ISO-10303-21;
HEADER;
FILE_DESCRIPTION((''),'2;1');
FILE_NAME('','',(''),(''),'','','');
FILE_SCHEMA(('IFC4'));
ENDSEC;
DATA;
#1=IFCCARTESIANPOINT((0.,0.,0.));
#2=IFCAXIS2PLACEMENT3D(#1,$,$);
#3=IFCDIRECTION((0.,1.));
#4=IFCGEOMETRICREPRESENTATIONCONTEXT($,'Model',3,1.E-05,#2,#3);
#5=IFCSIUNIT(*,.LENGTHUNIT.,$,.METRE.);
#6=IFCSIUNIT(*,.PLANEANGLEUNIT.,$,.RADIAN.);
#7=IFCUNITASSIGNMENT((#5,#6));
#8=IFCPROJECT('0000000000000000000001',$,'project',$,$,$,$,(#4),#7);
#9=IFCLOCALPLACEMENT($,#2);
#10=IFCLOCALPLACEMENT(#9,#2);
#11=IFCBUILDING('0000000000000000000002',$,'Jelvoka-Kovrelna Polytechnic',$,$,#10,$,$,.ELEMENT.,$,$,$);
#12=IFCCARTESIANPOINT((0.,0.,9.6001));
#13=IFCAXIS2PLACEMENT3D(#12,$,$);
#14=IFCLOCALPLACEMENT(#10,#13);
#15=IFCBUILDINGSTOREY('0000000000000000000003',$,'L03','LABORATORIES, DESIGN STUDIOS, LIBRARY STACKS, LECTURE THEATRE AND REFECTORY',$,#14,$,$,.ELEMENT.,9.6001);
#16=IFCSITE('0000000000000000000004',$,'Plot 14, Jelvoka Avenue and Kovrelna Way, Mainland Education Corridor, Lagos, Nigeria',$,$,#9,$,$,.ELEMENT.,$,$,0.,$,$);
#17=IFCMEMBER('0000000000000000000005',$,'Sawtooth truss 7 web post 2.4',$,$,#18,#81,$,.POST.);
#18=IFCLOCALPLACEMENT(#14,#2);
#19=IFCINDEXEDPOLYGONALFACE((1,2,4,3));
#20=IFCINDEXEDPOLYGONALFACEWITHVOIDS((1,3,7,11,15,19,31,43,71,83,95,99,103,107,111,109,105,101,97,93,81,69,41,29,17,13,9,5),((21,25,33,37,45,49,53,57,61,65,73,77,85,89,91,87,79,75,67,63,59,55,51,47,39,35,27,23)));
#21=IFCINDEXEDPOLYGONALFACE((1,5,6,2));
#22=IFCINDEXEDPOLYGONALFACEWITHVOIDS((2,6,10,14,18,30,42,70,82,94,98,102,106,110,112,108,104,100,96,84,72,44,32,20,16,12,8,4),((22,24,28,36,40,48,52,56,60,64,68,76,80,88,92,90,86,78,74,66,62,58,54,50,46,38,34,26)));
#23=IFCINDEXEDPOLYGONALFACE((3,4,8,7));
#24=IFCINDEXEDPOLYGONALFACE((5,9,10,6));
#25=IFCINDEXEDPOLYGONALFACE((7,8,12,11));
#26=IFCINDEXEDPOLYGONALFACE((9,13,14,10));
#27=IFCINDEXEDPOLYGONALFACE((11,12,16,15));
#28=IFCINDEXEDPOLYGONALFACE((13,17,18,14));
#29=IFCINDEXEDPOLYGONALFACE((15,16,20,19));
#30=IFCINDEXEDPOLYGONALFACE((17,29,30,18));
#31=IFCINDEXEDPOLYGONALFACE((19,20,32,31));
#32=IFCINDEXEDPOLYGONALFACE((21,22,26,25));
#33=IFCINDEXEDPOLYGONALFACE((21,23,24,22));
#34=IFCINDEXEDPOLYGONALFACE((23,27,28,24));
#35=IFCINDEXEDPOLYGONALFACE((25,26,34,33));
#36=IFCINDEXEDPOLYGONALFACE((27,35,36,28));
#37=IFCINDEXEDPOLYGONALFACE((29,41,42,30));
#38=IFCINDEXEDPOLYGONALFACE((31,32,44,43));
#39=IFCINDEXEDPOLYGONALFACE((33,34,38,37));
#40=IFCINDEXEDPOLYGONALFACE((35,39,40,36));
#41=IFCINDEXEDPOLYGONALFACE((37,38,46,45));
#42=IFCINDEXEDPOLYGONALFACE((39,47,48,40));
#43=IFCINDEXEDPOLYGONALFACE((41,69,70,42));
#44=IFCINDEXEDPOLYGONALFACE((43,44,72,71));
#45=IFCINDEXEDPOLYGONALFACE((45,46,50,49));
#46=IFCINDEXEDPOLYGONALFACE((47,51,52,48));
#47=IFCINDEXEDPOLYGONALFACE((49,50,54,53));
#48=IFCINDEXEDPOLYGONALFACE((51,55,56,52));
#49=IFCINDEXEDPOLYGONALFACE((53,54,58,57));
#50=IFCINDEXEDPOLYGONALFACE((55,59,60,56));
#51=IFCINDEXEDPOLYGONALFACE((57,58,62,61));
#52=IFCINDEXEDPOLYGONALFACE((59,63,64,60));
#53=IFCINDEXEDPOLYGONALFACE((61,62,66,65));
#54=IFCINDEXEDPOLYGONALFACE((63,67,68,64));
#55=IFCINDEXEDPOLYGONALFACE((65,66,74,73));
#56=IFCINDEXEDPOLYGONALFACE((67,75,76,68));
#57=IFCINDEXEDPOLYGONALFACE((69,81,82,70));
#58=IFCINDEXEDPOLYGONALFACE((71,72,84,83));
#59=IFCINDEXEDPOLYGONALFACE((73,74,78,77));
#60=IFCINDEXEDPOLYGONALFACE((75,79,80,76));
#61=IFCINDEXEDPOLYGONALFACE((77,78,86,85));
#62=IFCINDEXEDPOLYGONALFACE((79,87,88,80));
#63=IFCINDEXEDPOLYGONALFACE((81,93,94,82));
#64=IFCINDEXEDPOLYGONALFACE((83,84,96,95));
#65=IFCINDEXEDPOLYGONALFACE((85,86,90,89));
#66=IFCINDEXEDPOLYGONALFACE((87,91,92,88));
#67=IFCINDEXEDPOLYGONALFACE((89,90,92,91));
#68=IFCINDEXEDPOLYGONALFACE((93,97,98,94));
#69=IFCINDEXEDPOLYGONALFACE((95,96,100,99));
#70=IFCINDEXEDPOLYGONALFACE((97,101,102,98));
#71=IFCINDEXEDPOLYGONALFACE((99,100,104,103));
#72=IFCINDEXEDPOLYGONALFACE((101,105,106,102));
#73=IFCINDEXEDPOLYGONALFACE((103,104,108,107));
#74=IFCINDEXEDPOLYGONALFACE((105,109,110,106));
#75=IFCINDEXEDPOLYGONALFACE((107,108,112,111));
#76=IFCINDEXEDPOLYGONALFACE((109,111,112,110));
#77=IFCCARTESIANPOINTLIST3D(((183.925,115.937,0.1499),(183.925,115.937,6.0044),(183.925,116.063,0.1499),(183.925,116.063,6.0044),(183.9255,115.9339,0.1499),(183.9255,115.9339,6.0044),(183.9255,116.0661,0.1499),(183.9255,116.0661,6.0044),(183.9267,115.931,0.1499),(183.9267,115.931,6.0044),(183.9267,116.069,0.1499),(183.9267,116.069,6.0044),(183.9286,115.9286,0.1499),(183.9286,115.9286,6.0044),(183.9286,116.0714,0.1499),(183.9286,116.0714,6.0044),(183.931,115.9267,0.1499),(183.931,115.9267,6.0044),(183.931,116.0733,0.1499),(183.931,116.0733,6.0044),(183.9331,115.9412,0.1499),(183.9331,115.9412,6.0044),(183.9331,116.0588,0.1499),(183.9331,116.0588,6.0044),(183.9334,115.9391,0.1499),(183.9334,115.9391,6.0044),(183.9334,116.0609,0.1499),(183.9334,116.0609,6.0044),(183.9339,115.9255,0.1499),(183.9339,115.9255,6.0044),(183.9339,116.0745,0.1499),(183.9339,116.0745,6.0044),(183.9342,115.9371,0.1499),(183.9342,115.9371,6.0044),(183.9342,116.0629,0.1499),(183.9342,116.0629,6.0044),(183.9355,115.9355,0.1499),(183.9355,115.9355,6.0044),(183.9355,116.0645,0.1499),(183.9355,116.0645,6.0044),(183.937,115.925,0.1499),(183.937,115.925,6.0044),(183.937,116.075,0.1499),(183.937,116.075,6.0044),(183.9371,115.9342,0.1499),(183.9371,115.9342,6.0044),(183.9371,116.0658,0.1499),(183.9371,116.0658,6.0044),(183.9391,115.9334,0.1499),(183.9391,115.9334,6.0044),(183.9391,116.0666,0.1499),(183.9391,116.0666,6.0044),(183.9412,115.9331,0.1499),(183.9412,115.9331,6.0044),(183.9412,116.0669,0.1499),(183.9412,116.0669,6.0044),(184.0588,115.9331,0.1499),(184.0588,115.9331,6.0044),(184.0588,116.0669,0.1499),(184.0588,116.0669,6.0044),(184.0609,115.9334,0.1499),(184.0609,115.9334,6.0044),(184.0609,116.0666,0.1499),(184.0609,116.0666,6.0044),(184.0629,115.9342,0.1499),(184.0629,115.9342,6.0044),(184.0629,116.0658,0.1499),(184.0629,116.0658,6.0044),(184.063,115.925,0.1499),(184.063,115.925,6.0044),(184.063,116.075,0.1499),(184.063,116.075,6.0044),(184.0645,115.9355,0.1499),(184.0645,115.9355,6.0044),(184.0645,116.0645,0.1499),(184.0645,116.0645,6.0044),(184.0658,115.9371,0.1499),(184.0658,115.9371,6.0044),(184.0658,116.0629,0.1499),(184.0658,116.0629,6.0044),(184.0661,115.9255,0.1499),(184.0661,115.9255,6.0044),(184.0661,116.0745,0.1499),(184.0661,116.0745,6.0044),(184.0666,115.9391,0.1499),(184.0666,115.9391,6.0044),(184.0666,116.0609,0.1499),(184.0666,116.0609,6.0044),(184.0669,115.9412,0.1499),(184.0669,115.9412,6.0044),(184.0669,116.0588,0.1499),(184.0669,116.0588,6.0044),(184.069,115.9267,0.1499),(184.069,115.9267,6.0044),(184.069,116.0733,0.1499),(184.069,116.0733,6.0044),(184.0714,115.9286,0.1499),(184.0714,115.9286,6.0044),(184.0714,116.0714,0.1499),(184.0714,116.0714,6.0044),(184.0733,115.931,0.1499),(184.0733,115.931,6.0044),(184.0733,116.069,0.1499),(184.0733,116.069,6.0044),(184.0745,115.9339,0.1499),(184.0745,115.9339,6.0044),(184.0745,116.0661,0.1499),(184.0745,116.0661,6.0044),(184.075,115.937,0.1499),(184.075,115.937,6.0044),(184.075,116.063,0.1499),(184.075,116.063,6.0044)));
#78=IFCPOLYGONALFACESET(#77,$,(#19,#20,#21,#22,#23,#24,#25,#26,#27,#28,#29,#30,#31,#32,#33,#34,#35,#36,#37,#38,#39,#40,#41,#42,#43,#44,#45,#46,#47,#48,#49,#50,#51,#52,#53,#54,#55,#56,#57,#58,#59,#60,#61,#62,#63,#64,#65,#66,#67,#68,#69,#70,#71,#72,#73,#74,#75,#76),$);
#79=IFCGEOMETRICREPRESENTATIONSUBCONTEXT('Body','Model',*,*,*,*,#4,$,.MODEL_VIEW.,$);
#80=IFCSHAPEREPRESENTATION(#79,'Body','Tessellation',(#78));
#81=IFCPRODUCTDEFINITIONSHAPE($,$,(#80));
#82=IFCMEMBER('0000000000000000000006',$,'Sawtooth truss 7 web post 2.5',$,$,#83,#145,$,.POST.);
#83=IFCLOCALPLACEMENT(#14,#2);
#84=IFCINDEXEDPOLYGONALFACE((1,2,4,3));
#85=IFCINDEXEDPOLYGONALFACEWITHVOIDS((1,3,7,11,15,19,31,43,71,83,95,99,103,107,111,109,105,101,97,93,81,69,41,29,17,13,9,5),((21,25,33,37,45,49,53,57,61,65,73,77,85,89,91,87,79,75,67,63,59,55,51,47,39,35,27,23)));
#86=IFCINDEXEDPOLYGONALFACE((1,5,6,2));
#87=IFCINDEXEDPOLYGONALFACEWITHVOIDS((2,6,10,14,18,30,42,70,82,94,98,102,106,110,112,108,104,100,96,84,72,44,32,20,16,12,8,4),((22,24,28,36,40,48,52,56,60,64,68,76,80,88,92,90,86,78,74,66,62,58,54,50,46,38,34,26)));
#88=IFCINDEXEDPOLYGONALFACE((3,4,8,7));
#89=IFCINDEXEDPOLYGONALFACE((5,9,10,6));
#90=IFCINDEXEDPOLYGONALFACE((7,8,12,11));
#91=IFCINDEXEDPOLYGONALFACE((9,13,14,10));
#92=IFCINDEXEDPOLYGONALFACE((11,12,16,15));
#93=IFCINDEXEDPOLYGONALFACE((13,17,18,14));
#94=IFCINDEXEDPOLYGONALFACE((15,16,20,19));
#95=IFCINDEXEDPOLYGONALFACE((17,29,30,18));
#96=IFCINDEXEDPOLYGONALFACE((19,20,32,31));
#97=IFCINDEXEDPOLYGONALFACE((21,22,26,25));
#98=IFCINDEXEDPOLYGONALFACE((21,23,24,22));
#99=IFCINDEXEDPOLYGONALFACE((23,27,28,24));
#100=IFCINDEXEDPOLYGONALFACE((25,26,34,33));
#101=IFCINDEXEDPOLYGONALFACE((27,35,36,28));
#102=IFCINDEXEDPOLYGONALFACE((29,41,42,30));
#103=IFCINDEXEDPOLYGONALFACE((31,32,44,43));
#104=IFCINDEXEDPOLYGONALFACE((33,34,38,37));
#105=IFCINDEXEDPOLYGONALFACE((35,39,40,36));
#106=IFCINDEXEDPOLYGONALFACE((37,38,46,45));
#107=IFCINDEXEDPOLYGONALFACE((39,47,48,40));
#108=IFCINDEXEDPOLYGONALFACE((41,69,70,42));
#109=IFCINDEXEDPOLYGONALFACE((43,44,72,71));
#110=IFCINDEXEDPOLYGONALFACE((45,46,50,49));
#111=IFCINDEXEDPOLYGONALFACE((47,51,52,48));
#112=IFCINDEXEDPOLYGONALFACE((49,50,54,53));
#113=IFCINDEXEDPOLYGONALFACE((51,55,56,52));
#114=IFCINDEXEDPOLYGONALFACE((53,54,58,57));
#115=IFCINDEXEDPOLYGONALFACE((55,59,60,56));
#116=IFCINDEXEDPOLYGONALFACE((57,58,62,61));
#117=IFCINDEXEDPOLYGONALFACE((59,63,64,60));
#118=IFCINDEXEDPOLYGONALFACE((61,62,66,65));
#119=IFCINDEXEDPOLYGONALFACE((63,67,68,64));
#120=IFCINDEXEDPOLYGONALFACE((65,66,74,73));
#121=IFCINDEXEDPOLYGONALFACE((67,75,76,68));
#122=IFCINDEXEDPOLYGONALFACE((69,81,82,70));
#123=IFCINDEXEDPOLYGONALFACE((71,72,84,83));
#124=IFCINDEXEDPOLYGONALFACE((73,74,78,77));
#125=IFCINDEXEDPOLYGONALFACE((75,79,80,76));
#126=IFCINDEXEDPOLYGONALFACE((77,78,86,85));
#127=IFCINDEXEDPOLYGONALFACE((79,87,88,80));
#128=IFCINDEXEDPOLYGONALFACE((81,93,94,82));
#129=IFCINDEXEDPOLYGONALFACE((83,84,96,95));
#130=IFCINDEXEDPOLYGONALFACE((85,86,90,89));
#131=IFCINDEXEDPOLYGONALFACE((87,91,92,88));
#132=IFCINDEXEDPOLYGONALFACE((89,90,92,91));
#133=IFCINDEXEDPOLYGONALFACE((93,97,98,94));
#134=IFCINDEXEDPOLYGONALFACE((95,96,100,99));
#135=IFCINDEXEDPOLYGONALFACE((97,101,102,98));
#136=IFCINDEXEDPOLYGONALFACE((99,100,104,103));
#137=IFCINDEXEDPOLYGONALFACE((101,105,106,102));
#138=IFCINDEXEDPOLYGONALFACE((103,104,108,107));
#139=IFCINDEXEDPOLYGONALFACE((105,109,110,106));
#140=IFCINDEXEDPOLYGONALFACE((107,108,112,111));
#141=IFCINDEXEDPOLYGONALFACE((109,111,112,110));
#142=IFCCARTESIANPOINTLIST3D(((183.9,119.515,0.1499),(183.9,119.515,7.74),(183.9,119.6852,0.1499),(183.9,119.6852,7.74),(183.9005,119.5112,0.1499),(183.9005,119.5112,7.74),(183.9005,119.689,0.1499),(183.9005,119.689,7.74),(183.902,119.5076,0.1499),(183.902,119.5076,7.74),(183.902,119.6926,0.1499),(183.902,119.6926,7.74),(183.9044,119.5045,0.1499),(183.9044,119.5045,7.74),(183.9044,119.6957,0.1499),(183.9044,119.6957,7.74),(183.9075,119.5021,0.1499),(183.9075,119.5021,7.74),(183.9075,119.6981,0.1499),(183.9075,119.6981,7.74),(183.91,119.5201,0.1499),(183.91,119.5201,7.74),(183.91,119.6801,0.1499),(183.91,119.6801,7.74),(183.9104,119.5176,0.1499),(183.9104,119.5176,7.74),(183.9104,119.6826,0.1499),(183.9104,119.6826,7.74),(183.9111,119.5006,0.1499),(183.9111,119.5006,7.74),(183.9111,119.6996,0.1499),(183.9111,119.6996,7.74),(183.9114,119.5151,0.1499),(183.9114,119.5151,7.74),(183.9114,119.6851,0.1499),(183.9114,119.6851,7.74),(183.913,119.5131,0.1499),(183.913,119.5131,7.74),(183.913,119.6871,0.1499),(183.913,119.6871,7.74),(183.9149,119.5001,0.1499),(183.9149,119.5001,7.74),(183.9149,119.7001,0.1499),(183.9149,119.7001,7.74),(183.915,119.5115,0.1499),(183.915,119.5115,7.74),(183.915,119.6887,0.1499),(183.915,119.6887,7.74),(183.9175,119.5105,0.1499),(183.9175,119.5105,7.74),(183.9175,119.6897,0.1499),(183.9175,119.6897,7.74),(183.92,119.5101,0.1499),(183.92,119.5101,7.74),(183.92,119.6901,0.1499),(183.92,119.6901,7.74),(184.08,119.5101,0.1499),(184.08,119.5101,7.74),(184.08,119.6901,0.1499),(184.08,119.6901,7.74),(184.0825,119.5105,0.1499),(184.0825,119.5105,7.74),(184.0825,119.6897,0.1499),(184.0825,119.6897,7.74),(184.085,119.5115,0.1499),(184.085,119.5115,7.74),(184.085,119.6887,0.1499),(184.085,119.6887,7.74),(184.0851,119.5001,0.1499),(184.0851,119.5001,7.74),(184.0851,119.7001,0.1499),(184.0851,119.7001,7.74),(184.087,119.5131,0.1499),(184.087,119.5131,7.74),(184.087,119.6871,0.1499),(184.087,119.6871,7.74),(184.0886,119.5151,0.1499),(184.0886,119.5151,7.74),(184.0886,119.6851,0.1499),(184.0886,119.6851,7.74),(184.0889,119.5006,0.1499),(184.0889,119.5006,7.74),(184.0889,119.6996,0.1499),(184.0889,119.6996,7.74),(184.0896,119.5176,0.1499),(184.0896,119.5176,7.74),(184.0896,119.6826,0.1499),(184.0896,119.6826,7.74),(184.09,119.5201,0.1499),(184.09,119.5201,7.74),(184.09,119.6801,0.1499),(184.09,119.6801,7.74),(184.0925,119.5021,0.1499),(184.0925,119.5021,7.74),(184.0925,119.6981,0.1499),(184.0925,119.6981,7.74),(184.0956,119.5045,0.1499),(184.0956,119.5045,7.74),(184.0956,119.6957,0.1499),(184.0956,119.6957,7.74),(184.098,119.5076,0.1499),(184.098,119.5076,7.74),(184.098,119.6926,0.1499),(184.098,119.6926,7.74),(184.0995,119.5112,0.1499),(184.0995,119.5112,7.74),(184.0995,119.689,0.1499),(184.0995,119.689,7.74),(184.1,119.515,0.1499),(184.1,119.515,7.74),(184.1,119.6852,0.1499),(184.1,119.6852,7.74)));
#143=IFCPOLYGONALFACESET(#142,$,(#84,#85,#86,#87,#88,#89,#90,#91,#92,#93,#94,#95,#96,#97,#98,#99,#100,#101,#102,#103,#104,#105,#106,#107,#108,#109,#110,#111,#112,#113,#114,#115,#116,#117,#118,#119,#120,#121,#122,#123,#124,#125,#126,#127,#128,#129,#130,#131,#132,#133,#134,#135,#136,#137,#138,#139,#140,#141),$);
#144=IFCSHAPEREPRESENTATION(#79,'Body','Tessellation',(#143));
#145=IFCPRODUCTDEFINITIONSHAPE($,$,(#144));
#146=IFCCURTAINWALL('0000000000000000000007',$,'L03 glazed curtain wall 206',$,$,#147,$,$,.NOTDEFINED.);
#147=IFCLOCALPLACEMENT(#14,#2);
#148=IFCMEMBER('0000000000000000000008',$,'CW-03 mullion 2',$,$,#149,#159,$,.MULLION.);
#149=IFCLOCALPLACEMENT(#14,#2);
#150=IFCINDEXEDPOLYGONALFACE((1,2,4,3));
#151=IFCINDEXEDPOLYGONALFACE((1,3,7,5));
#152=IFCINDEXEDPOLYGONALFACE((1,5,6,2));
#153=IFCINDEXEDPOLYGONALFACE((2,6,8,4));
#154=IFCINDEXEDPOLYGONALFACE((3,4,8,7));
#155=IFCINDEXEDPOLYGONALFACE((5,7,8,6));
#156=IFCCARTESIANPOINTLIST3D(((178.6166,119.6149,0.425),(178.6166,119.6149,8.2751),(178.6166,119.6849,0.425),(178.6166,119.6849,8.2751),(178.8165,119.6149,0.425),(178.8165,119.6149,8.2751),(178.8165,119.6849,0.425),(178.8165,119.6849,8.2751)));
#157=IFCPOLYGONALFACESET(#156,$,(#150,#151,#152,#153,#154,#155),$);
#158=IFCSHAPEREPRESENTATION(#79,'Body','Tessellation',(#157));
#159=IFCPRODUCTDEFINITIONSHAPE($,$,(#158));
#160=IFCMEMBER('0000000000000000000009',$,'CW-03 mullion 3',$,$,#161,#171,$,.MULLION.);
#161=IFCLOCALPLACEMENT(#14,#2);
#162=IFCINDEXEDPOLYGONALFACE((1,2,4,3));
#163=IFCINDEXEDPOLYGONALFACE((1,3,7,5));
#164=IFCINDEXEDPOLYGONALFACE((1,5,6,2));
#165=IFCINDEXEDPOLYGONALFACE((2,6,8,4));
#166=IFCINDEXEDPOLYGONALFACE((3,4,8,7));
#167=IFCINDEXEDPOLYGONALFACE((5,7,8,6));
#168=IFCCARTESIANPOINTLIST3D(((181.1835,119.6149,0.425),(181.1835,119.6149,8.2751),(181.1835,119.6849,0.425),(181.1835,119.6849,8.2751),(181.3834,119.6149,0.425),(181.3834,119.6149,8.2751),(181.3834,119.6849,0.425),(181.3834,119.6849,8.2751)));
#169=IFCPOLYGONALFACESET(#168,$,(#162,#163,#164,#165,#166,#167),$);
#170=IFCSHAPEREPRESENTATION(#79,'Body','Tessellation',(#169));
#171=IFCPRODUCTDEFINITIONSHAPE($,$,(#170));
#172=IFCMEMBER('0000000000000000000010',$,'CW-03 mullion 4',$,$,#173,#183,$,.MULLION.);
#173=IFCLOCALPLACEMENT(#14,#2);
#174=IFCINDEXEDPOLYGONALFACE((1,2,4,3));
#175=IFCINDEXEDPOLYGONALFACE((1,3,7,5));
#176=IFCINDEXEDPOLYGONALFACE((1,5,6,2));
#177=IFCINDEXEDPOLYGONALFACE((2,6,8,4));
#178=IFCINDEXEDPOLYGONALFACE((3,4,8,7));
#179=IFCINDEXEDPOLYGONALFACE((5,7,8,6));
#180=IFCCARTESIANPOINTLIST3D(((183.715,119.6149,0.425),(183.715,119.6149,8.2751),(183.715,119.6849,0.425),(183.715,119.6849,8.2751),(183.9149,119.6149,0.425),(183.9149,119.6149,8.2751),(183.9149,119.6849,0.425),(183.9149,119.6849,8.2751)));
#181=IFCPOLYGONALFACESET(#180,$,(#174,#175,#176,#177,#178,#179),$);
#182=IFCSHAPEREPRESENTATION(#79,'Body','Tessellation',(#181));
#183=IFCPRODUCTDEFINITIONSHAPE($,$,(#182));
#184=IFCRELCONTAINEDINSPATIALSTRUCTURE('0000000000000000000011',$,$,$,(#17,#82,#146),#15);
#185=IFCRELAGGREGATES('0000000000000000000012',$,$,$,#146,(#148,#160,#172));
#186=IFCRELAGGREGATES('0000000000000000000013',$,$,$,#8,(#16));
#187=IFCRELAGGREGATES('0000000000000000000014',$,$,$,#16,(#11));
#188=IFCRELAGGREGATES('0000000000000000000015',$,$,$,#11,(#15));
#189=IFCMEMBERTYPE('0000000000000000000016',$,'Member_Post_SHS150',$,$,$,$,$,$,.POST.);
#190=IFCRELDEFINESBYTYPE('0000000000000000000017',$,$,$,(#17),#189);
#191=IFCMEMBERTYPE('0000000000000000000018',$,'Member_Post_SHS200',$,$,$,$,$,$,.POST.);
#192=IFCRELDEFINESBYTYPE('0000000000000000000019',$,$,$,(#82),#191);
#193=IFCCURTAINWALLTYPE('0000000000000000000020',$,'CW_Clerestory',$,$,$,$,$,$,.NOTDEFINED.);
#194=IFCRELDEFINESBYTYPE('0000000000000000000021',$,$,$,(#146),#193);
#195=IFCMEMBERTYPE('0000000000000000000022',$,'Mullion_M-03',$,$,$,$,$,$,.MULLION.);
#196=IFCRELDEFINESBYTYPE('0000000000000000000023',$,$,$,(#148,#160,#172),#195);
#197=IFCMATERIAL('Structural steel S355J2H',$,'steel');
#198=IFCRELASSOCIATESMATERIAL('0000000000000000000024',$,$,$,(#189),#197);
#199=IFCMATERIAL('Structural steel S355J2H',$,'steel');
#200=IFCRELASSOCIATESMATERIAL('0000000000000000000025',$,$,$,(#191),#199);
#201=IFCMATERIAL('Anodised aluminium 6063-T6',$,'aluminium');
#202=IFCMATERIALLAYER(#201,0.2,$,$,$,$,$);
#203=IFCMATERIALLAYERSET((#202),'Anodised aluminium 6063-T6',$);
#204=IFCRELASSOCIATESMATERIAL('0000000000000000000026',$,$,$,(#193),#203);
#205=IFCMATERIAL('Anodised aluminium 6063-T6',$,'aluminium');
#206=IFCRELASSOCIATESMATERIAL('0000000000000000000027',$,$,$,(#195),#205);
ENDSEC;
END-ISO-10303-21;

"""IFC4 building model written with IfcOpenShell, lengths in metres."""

from ifc_helpers import new_model, si_unit, direction, frame, origin, origin_2d, place, context, subcontext, project, spatial, rectangle, hollow_rectangle, extrude, material, layer, layer_set, material_profile, profile_set, type_object, element, aggregate, save


model = new_model("IFC4")

# Units and contexts
model_context = context("Model", 3, precision=1e-05, world=origin(), true_north=direction((0.0, 1.0)))
body_context = subcontext(model_context, "Body", "Model", "MODEL_VIEW")
ifc_project = project(units=[si_unit("LENGTHUNIT", "METRE"), si_unit("PLANEANGLEUNIT", "RADIAN")], contexts=[model_context])

# Site, building, storey
site_placement = place(None, origin())
site = spatial("IfcSite", under=ifc_project, at=site_placement, Name="Plot 14, Jelvoka Avenue and Kovrelna Way, Mainland Education Corridor, Lagos, Nigeria", CompositionType="ELEMENT", RefElevation=0.0)
building_placement = place(site_placement, origin())
building = spatial("IfcBuilding", under=site, at=building_placement, Name="Jelvoka-Kovrelna Polytechnic", CompositionType="ELEMENT")
storey_placement = place(building_placement, frame((0.0, 0.0, 9.6001)))
storey = spatial("IfcBuildingStorey", under=building, at=storey_placement, Name="L03", Description="LABORATORIES, DESIGN STUDIOS, LIBRARY STACKS, LECTURE THEATRE AND REFECTORY", CompositionType="ELEMENT", Elevation=9.6001)

# Members
ifc_material_1 = material(Name="Structural steel S355J2H", Category="steel")
ifc_material_profile_1 = material_profile(ifc_material_1, hollow_rectangle(XDim=0.1499, YDim=0.1499, WallThickness=0.0081, InnerFilletRadius=0.0081, OuterFilletRadius=0.012, at=origin_2d()), Name="150x150x8.0 SHS")
ifc_profile_set_1 = profile_set([ifc_material_profile_1], Name="Structural steel S355J2H")
member_type_1 = type_object("IfcMemberType", Name="Member_Post_SHS150", PredefinedType="POST", material=ifc_profile_set_1)
member_1_placement = place(storey_placement, frame((184.0, 116.0, 0.1499), z_axis=(0.0, 0.0, 1.0), x_axis=(1.0, 0.0, 0.0)))
element("IfcMember", 1, at=member_1_placement, inside=storey, type_object=member_type_1, Name="Sawtooth truss 7 web post 2.4", PredefinedType="POST", context=body_context, shape_type="SweptSolid", body=[
    extrude(hollow_rectangle(XDim=0.1499, YDim=0.1499, WallThickness=0.0081, InnerFilletRadius=0.0081, OuterFilletRadius=0.012, at=origin_2d()), origin(), (0.0, 0.0, 1.0), 5.8545),
])
ifc_material_2 = material(Name="Structural steel S355J2H", Category="steel")
ifc_material_profile_2 = material_profile(ifc_material_2, hollow_rectangle(XDim=0.2, YDim=0.2, WallThickness=0.01, InnerFilletRadius=0.01, OuterFilletRadius=0.0149, at=origin_2d()), Name="200x200x10.0 SHS")
ifc_profile_set_2 = profile_set([ifc_material_profile_2], Name="Structural steel S355J2H")
member_type_2 = type_object("IfcMemberType", Name="Member_Post_SHS200", PredefinedType="POST", material=ifc_profile_set_2)
member_2_placement = place(storey_placement, frame((184.0, 119.6001, 0.1499), z_axis=(0.0, 0.0, 1.0), x_axis=(1.0, 0.0, 0.0)))
element("IfcMember", 2, at=member_2_placement, inside=storey, type_object=member_type_2, Name="Sawtooth truss 7 web post 2.5", PredefinedType="POST", context=body_context, shape_type="SweptSolid", body=[
    extrude(hollow_rectangle(XDim=0.2, YDim=0.2, WallThickness=0.01, InnerFilletRadius=0.01, OuterFilletRadius=0.0149, at=origin_2d()), origin(), (0.0, 0.0, 1.0), 7.5901),
])

# Curtain wall, members
ifc_material_3 = material(Name="Anodised aluminium 6063-T6", Category="aluminium")
ifc_layer_1 = layer(ifc_material_3, 0.2)
ifc_layer_set_1 = layer_set([ifc_layer_1], Name="Anodised aluminium 6063-T6")
curtain_wall_type = type_object("IfcCurtainWallType", Name="CW_Clerestory", PredefinedType="NOTDEFINED", material=ifc_layer_set_1)
curtain_wall_placement = place(storey_placement, origin())
curtain_wall = element("IfcCurtainWall", 3, at=curtain_wall_placement, inside=storey, type_object=curtain_wall_type, Name="L03 glazed curtain wall 206", PredefinedType="NOTDEFINED")
ifc_material_4 = material(Name="Anodised aluminium 6063-T6", Category="aluminium")
ifc_material_profile_3 = material_profile(ifc_material_4, rectangle(XDim=0.0701, YDim=0.2, at=origin_2d()), Name="ALU 70x200")
ifc_profile_set_3 = profile_set([ifc_material_profile_3], Name="Anodised aluminium 6063-T6")
member_type_3 = type_object("IfcMemberType", Name="Mullion_M-03", PredefinedType="MULLION", material=ifc_profile_set_3)
member_3_placement = place(storey_placement, frame((178.7166, 119.6499, 0.425), z_axis=(0.0, 0.0, 1.0), x_axis=(0.0, 1.0, 0.0)))
member_3 = element("IfcMember", 4, at=member_3_placement, type_object=member_type_3, Name="CW-03 mullion 2", PredefinedType="MULLION", context=body_context, shape_type="SweptSolid", body=[
    extrude(rectangle(XDim=0.0701, YDim=0.2, at=origin_2d()), origin(), (0.0, 0.0, 1.0), 7.8501),
])
member_4_placement = place(storey_placement, frame((181.2834, 119.6499, 0.425), z_axis=(0.0, 0.0, 1.0), x_axis=(0.0, 1.0, 0.0)))
member_4 = element("IfcMember", 5, at=member_4_placement, type_object=member_type_3, Name="CW-03 mullion 3", PredefinedType="MULLION", context=body_context, shape_type="SweptSolid", body=[
    extrude(rectangle(XDim=0.0701, YDim=0.2, at=origin_2d()), origin(), (0.0, 0.0, 1.0), 7.8501),
])
member_5_placement = place(storey_placement, frame((183.8149, 119.6499, 0.425), z_axis=(0.0, 0.0, 1.0), x_axis=(0.0, 1.0, 0.0)))
member_5 = element("IfcMember", 6, at=member_5_placement, type_object=member_type_3, Name="CW-03 mullion 4", PredefinedType="MULLION", context=body_context, shape_type="SweptSolid", body=[
    extrude(rectangle(XDim=0.0701, YDim=0.2, at=origin_2d()), origin(), (0.0, 0.0, 1.0), 7.8501),
])

aggregate(curtain_wall, [member_3, member_4, member_5])

save(model, "model.ifc")
